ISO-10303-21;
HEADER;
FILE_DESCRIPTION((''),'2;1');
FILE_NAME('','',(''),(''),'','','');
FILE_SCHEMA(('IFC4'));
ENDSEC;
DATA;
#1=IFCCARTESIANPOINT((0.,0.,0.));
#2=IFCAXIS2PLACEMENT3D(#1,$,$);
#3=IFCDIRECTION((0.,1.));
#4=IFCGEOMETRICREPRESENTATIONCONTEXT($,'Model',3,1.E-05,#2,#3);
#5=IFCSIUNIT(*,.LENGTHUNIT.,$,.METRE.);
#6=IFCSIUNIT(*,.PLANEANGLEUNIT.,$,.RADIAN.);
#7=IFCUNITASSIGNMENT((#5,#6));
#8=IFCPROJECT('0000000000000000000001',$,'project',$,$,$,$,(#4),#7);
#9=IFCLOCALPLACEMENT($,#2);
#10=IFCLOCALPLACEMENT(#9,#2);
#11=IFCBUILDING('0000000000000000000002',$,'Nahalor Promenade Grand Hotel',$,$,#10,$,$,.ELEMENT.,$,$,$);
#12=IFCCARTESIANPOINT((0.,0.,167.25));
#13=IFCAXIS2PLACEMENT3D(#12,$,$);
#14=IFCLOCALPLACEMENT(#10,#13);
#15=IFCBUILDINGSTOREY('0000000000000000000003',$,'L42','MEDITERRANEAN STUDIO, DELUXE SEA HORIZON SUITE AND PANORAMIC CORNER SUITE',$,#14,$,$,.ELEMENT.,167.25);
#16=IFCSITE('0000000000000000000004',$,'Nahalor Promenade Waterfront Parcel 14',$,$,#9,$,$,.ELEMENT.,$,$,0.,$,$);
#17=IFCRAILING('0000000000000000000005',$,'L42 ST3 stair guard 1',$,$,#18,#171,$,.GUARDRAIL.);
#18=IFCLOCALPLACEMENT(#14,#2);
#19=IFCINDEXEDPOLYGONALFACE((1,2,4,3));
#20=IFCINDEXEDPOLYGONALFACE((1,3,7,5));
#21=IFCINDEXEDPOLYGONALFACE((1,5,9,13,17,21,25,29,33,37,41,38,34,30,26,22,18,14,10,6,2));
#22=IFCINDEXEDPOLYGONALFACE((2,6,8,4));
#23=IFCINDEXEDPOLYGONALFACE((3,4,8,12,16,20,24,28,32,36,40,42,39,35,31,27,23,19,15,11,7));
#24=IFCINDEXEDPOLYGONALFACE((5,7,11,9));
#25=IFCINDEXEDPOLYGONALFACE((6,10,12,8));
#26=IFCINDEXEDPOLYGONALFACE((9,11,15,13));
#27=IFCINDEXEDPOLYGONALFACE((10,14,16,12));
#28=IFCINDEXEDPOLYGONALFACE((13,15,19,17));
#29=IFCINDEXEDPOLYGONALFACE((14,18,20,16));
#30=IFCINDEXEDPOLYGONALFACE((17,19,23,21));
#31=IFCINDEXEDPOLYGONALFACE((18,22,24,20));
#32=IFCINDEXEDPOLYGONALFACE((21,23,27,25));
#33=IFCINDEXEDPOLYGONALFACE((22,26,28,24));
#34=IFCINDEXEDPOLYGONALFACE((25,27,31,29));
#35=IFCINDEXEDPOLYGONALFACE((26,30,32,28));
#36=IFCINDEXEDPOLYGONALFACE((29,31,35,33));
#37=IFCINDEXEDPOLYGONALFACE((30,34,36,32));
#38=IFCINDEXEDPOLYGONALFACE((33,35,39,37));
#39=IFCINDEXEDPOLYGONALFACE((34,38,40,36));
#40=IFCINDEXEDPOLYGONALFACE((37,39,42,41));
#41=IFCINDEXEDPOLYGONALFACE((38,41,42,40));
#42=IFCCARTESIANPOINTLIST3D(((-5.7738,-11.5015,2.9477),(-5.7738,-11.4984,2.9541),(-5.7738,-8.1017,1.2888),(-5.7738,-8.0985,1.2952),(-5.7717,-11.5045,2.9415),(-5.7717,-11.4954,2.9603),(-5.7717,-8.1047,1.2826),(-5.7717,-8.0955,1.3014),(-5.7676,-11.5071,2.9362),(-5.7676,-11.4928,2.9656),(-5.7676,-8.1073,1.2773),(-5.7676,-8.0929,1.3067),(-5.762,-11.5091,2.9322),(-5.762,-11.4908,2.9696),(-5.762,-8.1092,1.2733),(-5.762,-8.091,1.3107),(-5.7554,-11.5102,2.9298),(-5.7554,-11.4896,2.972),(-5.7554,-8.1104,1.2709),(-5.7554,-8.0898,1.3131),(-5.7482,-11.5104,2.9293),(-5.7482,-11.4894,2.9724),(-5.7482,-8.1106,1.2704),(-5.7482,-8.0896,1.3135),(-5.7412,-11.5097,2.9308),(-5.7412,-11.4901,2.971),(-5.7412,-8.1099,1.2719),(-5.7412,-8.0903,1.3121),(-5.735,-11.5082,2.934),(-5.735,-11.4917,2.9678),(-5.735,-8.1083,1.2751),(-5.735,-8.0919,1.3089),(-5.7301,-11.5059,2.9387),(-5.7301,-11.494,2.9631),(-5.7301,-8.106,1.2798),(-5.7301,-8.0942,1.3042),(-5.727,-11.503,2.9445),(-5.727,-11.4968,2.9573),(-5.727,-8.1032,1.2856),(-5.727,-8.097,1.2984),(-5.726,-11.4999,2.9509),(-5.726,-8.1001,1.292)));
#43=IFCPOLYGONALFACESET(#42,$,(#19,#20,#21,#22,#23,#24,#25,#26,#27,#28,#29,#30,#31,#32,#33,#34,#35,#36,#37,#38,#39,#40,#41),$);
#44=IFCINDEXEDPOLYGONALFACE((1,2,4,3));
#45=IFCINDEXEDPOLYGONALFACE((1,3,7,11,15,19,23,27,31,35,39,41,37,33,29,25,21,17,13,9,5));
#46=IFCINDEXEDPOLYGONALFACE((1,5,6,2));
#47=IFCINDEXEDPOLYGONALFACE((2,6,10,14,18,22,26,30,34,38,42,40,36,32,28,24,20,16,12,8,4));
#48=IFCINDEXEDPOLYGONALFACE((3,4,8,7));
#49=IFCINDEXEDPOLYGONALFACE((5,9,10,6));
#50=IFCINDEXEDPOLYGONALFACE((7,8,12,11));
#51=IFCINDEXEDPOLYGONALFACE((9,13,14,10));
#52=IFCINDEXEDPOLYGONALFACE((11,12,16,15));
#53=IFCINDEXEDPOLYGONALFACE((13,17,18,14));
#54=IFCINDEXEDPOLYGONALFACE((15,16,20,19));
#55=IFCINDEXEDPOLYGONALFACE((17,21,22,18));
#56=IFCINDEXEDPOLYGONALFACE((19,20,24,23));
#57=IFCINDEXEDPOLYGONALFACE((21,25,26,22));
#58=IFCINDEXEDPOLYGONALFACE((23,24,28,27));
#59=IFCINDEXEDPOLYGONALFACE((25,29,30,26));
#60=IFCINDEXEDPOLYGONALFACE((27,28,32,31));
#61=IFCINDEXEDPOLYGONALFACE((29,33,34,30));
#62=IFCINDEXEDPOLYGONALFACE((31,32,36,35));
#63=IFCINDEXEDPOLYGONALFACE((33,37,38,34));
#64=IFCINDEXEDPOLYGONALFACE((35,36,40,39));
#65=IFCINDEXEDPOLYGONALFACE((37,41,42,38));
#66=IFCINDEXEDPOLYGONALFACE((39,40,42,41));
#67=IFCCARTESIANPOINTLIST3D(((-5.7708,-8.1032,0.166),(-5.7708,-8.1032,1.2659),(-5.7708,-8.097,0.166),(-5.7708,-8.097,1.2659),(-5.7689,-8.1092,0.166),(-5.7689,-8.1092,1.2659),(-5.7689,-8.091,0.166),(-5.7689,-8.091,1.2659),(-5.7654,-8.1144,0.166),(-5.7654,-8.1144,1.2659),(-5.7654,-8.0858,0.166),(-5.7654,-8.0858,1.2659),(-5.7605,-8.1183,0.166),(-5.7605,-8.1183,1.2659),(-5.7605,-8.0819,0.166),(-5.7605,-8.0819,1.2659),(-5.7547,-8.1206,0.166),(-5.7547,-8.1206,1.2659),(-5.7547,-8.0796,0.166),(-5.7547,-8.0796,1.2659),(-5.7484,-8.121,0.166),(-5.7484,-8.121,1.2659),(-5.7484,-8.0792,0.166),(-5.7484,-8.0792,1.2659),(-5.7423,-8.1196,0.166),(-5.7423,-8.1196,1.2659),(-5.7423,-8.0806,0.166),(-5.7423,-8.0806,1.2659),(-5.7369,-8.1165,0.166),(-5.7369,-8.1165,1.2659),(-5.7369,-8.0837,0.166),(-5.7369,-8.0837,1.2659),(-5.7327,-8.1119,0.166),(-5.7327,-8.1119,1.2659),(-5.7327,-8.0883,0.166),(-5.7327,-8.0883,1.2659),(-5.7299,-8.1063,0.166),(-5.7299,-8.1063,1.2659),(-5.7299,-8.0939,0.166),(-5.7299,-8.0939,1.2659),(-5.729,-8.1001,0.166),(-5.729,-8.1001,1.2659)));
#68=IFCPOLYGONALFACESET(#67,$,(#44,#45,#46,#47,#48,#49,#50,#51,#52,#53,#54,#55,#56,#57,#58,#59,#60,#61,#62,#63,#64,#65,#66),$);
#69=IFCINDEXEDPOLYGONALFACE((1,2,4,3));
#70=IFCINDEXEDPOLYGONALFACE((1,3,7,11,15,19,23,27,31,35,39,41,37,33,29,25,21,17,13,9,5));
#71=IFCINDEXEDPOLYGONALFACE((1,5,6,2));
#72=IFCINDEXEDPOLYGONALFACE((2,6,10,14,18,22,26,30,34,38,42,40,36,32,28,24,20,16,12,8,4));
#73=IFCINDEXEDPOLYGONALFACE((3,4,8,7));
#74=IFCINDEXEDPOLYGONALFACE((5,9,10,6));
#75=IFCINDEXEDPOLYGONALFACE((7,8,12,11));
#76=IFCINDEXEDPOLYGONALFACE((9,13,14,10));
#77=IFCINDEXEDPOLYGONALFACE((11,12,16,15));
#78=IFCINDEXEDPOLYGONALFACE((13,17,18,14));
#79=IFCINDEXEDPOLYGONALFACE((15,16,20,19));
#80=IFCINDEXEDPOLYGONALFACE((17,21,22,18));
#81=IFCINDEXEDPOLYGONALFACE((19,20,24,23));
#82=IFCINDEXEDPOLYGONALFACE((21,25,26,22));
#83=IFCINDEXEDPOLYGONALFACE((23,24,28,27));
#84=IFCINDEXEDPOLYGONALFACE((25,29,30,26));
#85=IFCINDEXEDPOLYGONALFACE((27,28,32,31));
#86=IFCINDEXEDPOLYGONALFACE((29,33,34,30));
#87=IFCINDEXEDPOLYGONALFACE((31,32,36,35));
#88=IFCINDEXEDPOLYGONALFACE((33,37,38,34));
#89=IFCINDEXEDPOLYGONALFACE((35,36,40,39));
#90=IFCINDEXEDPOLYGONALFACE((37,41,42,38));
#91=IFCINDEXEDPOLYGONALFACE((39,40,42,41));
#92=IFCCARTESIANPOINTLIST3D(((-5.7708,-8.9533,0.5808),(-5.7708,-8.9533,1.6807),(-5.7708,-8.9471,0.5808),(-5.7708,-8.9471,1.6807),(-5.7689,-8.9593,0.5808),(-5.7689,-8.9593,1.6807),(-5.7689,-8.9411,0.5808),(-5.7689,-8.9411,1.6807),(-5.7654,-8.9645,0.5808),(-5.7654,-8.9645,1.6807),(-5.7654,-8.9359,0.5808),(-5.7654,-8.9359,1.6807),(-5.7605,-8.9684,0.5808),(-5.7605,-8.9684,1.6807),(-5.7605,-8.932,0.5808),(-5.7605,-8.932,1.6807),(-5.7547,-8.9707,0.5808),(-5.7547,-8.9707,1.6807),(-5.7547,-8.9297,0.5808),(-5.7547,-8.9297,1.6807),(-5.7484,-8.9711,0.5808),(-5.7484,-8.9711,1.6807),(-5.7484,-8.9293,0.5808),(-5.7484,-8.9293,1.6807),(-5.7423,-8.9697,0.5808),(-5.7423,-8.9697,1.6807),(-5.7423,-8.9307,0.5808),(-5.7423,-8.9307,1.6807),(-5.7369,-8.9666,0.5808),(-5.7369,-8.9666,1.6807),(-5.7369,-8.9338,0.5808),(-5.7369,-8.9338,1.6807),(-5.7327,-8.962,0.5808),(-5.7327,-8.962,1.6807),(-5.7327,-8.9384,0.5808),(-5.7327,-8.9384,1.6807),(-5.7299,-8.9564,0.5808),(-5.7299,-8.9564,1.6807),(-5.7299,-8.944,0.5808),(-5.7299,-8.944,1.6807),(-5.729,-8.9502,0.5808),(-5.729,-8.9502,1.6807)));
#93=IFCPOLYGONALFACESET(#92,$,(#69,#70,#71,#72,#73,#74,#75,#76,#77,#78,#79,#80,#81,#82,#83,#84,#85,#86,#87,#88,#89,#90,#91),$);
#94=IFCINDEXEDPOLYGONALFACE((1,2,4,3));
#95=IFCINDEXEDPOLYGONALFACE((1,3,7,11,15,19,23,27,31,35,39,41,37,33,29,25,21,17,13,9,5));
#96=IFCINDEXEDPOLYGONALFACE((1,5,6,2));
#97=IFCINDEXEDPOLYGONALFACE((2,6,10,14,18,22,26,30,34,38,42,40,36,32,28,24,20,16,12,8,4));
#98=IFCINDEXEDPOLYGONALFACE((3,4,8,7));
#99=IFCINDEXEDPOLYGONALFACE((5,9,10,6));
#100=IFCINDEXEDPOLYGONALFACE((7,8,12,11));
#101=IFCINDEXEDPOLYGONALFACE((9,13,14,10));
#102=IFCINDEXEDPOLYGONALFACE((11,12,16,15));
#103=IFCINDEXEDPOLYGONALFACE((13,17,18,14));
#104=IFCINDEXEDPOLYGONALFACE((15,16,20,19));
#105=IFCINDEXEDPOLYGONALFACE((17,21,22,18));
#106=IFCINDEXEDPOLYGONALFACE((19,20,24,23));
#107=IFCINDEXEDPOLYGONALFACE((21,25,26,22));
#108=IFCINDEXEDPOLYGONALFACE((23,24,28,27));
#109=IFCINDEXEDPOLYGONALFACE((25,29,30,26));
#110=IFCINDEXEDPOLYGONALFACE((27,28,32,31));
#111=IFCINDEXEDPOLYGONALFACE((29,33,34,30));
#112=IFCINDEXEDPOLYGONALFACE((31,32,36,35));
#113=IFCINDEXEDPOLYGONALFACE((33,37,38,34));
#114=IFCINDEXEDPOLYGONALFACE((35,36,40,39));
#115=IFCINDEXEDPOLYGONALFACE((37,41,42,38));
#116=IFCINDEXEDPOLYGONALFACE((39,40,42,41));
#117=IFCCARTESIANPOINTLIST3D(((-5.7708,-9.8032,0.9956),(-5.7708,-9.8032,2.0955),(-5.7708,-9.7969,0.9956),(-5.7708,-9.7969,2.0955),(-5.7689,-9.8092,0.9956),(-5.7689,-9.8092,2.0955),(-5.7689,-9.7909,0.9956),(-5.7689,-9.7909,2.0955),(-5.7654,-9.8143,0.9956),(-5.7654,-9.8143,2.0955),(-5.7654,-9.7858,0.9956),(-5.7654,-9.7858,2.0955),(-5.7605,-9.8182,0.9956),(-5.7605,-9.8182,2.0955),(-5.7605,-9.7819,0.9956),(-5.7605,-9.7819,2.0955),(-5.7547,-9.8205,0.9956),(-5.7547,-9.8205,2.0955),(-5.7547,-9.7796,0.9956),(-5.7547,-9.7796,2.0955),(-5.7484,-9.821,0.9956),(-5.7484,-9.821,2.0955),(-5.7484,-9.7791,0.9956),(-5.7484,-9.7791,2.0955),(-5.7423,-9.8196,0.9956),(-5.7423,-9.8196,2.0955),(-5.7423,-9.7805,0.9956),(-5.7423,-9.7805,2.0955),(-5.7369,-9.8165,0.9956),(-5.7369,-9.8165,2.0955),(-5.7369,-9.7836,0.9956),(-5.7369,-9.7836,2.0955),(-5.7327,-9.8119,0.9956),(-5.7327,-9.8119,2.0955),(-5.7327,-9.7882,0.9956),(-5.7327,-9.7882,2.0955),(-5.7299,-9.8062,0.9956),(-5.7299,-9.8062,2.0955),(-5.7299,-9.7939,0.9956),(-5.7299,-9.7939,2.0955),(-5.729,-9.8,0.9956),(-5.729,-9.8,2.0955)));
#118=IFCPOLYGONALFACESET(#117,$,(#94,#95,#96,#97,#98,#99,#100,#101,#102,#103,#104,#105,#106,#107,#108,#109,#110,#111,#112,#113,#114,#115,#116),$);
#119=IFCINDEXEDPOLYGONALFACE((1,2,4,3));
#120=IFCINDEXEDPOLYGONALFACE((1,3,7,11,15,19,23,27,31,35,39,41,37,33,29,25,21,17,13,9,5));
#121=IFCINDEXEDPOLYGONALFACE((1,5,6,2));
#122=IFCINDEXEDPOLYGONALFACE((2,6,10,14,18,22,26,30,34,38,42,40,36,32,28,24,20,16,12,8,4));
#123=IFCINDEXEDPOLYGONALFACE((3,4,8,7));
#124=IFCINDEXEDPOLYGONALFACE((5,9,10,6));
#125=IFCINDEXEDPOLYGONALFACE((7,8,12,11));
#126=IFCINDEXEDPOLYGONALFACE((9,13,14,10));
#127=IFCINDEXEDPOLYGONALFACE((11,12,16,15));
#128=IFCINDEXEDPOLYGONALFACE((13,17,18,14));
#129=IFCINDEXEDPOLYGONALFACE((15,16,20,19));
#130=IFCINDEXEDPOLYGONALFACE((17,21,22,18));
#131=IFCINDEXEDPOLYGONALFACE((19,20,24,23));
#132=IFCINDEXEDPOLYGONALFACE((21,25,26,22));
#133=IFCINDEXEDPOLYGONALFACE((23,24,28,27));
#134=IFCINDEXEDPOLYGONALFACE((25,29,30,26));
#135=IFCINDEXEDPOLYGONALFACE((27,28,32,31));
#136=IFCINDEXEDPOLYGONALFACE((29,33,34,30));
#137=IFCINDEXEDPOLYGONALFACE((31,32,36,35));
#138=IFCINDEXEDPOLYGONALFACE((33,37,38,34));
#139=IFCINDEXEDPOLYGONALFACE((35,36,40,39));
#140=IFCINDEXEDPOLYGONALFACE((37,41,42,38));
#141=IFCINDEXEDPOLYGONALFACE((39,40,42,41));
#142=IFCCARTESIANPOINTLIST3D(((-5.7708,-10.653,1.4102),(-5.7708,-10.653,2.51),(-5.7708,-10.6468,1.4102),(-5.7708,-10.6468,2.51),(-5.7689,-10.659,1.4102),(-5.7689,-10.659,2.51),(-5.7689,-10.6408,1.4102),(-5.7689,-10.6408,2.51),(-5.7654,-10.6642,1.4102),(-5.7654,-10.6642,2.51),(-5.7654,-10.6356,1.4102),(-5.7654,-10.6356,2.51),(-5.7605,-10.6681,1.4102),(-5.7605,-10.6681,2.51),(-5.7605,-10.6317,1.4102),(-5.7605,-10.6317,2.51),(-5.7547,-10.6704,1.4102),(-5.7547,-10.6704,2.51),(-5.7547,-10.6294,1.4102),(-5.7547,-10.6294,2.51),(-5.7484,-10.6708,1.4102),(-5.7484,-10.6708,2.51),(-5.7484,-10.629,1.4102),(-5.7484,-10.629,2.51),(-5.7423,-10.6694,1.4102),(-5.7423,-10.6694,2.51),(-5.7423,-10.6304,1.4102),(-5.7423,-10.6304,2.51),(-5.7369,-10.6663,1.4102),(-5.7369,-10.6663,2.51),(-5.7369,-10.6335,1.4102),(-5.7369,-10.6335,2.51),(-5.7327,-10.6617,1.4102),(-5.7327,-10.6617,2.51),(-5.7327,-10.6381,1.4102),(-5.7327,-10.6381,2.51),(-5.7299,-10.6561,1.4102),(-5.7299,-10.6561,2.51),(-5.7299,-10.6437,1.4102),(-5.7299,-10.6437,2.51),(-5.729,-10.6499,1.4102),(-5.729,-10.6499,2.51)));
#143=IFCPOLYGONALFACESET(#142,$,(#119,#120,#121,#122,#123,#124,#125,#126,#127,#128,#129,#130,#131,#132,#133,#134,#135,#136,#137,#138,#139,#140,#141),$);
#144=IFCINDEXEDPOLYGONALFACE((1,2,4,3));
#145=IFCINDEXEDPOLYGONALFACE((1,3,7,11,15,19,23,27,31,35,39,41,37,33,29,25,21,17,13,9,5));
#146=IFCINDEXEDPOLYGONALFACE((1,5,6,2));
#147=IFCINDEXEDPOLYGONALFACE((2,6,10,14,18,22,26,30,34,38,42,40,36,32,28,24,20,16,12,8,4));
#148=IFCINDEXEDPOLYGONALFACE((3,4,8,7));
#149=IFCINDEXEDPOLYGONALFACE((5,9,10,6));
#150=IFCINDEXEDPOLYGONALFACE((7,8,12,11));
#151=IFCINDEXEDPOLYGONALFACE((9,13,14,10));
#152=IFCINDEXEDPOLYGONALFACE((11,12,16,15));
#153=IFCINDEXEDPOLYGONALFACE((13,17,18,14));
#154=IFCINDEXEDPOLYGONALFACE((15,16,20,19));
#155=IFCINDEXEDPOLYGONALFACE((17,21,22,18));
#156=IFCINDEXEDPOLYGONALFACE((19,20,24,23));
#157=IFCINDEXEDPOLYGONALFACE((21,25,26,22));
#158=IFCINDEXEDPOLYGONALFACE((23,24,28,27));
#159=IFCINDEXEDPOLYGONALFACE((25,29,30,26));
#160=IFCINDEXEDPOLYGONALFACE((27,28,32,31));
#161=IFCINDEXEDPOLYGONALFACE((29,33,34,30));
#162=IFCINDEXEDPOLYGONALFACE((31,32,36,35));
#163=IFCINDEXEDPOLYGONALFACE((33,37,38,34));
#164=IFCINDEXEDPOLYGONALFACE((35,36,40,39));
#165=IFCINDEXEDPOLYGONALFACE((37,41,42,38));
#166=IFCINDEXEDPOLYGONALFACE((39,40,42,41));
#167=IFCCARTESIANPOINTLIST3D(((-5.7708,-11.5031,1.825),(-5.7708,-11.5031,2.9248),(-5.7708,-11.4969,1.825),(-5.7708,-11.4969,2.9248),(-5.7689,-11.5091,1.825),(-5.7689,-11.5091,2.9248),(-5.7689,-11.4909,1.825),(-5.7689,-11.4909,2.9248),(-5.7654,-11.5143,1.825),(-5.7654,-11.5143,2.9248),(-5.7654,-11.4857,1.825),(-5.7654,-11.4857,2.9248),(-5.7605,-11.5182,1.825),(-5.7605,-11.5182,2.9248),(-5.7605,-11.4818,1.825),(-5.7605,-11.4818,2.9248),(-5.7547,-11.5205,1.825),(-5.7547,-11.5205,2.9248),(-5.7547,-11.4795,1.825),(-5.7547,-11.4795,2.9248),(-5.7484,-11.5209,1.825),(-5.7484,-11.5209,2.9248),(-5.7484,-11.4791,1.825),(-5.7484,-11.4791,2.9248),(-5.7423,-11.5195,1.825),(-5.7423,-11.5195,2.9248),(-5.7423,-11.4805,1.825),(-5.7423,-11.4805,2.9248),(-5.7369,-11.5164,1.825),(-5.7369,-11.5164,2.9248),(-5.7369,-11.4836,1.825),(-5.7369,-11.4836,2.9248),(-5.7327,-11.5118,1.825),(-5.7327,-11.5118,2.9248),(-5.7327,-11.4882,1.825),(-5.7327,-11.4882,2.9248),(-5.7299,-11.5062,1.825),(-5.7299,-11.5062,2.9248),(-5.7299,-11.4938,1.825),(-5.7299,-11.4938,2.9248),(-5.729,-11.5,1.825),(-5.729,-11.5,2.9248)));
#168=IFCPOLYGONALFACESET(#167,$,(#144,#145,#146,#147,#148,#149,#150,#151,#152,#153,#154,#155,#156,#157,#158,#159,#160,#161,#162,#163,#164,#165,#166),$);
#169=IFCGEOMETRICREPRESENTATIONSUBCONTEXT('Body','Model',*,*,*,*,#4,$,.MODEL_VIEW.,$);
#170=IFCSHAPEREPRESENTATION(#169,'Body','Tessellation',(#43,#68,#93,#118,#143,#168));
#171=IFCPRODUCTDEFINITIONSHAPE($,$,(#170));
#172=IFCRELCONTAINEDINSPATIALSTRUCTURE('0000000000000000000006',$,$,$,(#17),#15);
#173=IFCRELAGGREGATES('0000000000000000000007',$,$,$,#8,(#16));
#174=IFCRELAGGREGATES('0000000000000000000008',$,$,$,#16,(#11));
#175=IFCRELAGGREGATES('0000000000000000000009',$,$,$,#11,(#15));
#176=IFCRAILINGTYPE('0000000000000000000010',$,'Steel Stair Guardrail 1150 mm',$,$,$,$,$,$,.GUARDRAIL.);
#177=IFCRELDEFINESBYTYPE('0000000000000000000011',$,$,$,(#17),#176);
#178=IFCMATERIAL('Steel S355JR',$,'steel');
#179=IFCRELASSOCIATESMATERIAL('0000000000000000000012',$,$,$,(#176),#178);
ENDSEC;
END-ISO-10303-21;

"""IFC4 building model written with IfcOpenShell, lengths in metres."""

from ifc_helpers import new_model, si_unit, direction, frame, origin, origin_2d, place, context, subcontext, project, spatial, circle, extrude, material, type_object, element, save


model = new_model("IFC4")

# Units and contexts
model_context = context("Model", 3, precision=1e-05, world=origin(), true_north=direction((0.0, 1.0)))
body_context = subcontext(model_context, "Body", "Model", "MODEL_VIEW")
ifc_project = project(units=[si_unit("LENGTHUNIT", "METRE"), si_unit("PLANEANGLEUNIT", "RADIAN")], contexts=[model_context])

# Site, building, storey
site_placement = place(None, origin())
site = spatial("IfcSite", under=ifc_project, at=site_placement, Name="Nahalor Promenade Waterfront Parcel 14", CompositionType="ELEMENT", RefElevation=0.0)
building_placement = place(site_placement, origin())
building = spatial("IfcBuilding", under=site, at=building_placement, Name="Nahalor Promenade Grand Hotel", CompositionType="ELEMENT")
storey_placement = place(building_placement, frame((0.0, 0.0, 167.25)))
storey = spatial("IfcBuildingStorey", under=building, at=storey_placement, Name="L42", Description="MEDITERRANEAN STUDIO, DELUXE SEA HORIZON SUITE AND PANORAMIC CORNER SUITE", CompositionType="ELEMENT", Elevation=167.25)

# Shared definitions
ifc_material_1 = material(Name="Steel S355JR", Category="steel")

# Railing
railing_type_1 = type_object("IfcRailingType", Name="Steel Stair Guardrail 1150 mm", PredefinedType="GUARDRAIL", material=ifc_material_1)
railing_1_placement = place(storey_placement, frame((-5.75, -8.1001, 0.166)))
element("IfcRailing", 1, at=railing_1_placement, inside=storey, type_object=railing_type_1, Name="L42 ST3 stair guard 1", PredefinedType="GUARDRAIL", context=body_context, shape_type="SweptSolid", body=[
    extrude(circle(Radius=0.024, at=origin_2d()), frame((0.0, 0.0, 1.126), z_axis=(0.0, -0.898722, 0.438519), x_axis=(1.0, 0.0, 0.0)), (0.0, 0.0, 1.0), 3.783),
    extrude(circle(Radius=0.021, at=origin_2d()), origin(), (0.0, 0.0, 1.0), 1.0999),
    extrude(circle(Radius=0.021, at=origin_2d()), frame((0.0, -0.8501, 0.4148)), (0.0, 0.0, 1.0), 1.0999),
    extrude(circle(Radius=0.021, at=origin_2d()), frame((0.0, -1.7, 0.8296)), (0.0, 0.0, 1.0), 1.0999),
    extrude(circle(Radius=0.021, at=origin_2d()), frame((0.0, -2.5498, 1.2441)), (0.0, 0.0, 1.0), 1.0999),
    extrude(circle(Radius=0.021, at=origin_2d()), frame((0.0, -3.3999, 1.6589)), (0.0, 0.0, 1.0), 1.0999),
])

save(model, "model.ifc")
